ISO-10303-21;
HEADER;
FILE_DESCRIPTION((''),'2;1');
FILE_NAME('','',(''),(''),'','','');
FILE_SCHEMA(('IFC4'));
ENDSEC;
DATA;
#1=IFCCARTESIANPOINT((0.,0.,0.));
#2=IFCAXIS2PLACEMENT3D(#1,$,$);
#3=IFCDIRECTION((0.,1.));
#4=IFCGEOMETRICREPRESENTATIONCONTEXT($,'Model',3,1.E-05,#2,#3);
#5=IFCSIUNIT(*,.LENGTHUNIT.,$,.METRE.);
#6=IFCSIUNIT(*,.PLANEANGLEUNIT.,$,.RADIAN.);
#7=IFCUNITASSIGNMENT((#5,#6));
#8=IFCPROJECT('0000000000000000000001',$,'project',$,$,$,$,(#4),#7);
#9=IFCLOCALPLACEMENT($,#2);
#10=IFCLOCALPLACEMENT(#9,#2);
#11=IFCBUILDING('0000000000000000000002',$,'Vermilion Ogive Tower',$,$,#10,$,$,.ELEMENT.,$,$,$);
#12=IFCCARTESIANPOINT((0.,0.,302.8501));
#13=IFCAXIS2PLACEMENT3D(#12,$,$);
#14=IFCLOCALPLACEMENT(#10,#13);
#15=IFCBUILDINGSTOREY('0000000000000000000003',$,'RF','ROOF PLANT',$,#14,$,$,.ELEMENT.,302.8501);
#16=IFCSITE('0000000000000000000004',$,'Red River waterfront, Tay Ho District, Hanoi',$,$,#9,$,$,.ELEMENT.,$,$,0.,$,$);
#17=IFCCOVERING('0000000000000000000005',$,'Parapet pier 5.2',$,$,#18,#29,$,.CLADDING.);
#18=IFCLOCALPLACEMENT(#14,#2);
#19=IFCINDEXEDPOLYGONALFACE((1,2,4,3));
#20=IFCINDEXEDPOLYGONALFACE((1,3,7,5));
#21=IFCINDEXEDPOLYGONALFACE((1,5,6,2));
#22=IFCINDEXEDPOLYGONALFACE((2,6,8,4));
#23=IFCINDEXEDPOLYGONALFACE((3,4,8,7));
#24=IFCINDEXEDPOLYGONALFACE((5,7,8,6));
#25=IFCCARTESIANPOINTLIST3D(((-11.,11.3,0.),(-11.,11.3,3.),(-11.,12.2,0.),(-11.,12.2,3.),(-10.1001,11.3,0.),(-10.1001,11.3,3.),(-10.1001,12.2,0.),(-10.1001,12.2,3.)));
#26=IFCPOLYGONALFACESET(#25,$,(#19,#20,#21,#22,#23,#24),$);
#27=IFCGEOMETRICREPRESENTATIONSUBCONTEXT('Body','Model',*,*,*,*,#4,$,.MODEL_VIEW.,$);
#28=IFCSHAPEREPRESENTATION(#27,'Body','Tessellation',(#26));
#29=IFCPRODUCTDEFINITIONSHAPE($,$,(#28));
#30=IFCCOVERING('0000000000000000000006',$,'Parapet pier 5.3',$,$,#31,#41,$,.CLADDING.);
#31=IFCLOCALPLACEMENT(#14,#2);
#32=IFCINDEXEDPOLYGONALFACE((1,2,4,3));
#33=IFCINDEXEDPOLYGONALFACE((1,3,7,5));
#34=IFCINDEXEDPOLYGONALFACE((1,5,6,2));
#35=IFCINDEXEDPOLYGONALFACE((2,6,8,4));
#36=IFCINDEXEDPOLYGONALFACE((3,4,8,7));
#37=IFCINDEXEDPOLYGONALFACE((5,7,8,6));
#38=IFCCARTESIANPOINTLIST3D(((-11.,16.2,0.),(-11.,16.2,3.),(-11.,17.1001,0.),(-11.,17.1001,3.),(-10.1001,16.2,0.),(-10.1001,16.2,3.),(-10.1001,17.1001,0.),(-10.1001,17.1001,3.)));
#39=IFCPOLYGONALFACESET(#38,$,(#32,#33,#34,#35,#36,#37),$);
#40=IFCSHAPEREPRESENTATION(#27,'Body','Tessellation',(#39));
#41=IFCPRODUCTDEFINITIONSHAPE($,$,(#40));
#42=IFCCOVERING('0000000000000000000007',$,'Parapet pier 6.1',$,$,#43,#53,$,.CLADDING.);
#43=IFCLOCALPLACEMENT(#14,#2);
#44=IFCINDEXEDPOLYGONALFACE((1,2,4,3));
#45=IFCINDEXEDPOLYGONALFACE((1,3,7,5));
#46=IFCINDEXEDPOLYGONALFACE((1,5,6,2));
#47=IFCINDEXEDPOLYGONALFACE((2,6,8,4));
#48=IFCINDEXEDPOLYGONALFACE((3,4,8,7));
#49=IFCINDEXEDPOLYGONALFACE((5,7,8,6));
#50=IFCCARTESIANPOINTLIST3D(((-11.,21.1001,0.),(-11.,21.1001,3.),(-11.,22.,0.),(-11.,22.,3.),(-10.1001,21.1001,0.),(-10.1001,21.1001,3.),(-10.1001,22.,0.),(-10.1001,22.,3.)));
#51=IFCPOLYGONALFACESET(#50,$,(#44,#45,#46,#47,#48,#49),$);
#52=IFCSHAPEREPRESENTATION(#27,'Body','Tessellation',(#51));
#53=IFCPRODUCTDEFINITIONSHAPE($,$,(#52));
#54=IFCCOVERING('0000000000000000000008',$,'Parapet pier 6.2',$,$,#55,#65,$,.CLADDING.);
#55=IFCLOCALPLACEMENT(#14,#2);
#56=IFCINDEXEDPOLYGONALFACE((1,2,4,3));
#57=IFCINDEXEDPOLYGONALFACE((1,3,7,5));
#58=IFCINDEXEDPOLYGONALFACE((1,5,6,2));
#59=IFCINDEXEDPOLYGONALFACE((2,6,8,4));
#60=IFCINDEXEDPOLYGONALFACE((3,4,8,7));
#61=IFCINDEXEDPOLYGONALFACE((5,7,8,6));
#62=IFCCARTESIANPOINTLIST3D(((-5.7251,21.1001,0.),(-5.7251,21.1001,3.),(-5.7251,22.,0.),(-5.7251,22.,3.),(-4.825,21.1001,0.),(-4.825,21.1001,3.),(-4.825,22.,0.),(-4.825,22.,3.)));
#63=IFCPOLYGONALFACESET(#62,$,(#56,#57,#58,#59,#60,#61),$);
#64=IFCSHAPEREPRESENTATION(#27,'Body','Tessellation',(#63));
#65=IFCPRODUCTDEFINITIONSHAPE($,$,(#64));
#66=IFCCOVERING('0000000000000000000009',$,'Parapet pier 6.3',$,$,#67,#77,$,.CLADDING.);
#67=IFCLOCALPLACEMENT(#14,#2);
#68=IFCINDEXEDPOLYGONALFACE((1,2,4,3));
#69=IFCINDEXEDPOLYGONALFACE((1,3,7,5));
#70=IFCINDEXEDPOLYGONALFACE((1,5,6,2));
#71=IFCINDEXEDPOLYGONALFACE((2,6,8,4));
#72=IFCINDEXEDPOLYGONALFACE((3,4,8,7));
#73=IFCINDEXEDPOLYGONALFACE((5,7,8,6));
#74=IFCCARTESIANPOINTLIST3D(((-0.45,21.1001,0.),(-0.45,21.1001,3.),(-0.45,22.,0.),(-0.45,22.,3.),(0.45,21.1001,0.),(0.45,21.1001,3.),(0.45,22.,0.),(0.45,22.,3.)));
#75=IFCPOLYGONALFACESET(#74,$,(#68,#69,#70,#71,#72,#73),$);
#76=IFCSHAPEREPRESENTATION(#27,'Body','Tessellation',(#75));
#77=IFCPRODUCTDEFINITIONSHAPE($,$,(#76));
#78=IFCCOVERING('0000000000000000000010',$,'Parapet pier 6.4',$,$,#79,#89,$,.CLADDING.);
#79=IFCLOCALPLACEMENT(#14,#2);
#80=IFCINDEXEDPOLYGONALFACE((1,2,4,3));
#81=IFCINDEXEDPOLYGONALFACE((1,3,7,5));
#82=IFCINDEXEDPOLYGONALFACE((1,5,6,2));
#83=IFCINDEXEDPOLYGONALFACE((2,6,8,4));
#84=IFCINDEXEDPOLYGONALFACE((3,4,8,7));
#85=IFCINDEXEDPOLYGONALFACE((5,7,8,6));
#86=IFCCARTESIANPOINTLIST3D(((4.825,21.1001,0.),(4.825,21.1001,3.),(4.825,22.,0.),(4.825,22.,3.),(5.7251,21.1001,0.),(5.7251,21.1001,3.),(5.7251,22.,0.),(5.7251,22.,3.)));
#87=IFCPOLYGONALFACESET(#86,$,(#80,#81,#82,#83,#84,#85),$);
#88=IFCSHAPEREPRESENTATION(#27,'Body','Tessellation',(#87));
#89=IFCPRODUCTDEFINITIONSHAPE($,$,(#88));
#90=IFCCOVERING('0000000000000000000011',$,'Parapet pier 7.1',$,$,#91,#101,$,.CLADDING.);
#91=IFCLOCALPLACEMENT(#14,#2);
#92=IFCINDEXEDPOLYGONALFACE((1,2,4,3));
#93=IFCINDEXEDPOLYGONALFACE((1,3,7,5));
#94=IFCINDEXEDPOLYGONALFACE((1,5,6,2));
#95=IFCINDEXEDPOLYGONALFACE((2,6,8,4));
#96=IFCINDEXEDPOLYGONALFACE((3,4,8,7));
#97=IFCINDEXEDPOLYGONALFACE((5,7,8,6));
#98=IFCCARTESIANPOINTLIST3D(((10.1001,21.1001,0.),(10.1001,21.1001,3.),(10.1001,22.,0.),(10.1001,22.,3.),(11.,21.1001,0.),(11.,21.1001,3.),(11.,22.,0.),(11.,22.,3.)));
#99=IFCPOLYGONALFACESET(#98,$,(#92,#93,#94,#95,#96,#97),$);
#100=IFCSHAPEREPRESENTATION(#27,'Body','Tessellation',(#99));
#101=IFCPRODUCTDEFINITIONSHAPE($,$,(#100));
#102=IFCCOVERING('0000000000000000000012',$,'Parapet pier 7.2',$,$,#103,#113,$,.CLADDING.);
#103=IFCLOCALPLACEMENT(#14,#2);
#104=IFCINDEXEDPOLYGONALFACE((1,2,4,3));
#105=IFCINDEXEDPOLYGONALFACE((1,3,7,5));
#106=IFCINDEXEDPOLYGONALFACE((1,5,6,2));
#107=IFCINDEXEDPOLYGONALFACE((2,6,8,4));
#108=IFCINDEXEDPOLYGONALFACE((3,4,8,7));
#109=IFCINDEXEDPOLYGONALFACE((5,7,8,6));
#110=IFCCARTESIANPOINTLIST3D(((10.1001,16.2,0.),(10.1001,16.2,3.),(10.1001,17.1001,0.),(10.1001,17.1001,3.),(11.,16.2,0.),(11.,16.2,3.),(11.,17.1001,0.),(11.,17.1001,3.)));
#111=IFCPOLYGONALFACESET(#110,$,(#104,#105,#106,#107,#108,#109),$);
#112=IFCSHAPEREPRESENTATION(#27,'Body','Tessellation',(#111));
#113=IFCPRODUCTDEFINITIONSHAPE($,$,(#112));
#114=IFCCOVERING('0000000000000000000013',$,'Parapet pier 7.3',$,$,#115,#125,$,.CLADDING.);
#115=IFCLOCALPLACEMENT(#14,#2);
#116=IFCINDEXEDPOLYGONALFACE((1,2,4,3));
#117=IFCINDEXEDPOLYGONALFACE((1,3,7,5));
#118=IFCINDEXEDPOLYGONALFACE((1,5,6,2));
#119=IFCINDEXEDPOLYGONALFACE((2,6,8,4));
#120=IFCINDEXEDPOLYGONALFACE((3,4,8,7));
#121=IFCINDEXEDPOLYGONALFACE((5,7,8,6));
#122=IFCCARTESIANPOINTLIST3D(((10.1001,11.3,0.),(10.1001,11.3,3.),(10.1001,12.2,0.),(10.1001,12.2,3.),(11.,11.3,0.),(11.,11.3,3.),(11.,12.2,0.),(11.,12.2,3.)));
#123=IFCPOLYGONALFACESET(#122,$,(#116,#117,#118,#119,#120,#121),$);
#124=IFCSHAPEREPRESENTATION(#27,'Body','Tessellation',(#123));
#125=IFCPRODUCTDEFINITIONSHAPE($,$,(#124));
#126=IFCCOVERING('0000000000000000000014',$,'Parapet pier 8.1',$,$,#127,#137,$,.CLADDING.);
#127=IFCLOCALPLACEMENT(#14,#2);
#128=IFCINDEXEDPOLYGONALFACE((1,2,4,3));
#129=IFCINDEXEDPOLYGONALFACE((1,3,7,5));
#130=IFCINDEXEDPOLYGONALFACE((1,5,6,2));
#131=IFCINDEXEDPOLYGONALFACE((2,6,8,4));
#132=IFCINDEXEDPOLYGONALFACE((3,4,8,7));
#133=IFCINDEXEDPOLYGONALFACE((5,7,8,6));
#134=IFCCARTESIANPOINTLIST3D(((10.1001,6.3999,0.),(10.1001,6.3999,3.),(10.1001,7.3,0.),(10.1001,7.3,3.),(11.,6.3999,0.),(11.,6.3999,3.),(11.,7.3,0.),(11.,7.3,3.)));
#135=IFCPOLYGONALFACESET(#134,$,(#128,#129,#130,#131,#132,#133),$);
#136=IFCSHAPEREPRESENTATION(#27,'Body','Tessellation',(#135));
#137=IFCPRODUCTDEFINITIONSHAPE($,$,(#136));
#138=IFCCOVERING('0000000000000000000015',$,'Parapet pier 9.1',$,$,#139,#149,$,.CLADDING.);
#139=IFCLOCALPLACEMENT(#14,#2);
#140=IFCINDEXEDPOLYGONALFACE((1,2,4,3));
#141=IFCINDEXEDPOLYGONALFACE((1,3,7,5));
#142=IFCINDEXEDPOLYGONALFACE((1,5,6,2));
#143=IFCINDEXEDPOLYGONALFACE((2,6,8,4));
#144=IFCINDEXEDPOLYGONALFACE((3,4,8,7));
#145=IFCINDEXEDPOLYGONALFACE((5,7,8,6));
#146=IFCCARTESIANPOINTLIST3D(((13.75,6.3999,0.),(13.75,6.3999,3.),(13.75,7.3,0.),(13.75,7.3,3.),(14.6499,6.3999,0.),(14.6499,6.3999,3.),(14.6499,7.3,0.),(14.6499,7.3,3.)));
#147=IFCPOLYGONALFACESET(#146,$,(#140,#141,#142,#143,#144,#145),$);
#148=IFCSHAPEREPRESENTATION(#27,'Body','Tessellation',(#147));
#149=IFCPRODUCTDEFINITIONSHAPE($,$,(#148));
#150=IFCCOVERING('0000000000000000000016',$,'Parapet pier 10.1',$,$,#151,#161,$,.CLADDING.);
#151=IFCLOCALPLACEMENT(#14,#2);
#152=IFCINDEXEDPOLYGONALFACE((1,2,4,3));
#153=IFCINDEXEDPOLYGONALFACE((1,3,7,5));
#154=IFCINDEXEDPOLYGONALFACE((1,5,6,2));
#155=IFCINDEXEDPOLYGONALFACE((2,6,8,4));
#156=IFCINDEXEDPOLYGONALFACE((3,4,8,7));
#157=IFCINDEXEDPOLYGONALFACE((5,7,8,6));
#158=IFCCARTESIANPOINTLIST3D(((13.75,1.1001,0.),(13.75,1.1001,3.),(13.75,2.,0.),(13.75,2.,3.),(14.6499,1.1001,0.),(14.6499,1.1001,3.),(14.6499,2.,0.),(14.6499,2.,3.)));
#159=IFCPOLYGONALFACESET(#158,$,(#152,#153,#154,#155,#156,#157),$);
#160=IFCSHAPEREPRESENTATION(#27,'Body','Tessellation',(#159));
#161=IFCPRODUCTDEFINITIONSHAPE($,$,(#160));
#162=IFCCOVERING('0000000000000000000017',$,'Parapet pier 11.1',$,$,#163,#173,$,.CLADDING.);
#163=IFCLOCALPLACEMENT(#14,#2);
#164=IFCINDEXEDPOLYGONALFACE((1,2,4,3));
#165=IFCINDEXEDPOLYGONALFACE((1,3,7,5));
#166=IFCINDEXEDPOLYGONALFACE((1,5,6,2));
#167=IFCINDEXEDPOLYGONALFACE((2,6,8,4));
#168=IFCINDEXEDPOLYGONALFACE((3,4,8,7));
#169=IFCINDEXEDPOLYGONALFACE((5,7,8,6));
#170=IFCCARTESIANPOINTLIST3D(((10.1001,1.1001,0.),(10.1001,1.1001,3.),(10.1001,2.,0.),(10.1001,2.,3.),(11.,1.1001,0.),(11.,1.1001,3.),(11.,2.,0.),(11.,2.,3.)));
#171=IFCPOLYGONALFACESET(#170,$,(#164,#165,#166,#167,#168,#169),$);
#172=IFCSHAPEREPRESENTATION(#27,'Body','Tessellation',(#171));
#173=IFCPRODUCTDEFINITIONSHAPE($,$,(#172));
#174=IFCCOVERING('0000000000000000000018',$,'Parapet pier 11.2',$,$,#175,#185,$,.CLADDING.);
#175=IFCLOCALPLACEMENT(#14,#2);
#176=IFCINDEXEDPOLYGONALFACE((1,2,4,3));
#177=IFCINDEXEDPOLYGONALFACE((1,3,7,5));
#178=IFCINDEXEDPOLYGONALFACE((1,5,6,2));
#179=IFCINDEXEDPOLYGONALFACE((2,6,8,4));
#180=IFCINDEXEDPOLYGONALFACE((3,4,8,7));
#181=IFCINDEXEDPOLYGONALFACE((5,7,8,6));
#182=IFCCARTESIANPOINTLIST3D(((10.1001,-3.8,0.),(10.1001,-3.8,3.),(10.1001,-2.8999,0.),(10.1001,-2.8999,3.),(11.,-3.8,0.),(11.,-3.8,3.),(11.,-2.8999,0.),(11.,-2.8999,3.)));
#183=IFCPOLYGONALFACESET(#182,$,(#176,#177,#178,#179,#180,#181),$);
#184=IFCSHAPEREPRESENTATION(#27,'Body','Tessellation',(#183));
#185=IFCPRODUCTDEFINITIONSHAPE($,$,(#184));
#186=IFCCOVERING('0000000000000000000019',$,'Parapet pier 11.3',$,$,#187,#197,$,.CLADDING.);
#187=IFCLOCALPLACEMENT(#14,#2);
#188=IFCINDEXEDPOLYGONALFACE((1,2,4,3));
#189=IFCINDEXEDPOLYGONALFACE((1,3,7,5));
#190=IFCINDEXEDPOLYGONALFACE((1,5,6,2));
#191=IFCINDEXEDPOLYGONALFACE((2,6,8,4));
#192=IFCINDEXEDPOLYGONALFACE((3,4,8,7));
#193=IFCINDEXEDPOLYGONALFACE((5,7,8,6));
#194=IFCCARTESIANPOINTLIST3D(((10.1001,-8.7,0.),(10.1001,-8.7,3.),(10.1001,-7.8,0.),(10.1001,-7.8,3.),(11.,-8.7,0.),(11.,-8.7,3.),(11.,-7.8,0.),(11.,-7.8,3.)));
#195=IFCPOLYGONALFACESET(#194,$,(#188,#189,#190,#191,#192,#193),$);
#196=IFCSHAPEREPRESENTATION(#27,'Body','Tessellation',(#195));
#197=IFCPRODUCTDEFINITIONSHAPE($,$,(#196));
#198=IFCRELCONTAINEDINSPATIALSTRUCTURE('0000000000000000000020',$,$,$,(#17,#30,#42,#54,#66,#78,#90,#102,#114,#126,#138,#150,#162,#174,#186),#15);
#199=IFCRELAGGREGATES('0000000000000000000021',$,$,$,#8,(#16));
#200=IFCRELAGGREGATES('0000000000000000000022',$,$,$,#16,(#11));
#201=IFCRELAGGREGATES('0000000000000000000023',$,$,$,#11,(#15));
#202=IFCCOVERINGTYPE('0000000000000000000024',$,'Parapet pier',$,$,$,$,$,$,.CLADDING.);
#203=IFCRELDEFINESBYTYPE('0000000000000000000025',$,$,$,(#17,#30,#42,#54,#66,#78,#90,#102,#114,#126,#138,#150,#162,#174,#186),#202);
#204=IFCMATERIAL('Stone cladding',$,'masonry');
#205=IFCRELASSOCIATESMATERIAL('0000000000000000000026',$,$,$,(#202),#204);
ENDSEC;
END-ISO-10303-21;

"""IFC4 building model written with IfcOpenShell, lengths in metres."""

from ifc_helpers import new_model, si_unit, direction, frame, origin, place, context, subcontext, project, spatial, polyline, outline, extrude, material, type_object, element, save


model = new_model("IFC4")

# Units and contexts
model_context = context("Model", 3, precision=1e-05, world=origin(), true_north=direction((0.0, 1.0)))
body_context = subcontext(model_context, "Body", "Model", "MODEL_VIEW")
ifc_project = project(units=[si_unit("LENGTHUNIT", "METRE"), si_unit("PLANEANGLEUNIT", "RADIAN")], contexts=[model_context])

# Site, building, storey
site_placement = place(None, origin())
site = spatial("IfcSite", under=ifc_project, at=site_placement, Name="Red River waterfront, Tay Ho District, Hanoi", CompositionType="ELEMENT", RefElevation=0.0)
building_placement = place(site_placement, origin())
building = spatial("IfcBuilding", under=site, at=building_placement, Name="Vermilion Ogive Tower", CompositionType="ELEMENT")
storey_placement = place(building_placement, frame((0.0, 0.0, 302.8501)))
storey = spatial("IfcBuildingStorey", under=building, at=storey_placement, Name="RF", Description="ROOF PLANT", CompositionType="ELEMENT", Elevation=302.8501)

# Coverings
ifc_material_1 = material(Name="Stone cladding", Category="masonry")
covering_type_1 = type_object("IfcCoveringType", Name="Parapet pier", PredefinedType="CLADDING", material=ifc_material_1)
covering_1_placement = place(storey_placement, origin())
element("IfcCovering", 1, at=covering_1_placement, inside=storey, type_object=covering_type_1, Name="Parapet pier 5.2", PredefinedType="CLADDING", context=body_context, shape_type="SweptSolid", body=[
    extrude(outline(polyline([(-11.0, 11.3), (-10.1001, 11.3), (-10.1001, 12.2), (-11.0, 12.2), (-11.0, 11.3)])), origin(), (0.0, 0.0, 1.0), 3.0),
])
covering_2_placement = place(storey_placement, origin())
element("IfcCovering", 2, at=covering_2_placement, inside=storey, type_object=covering_type_1, Name="Parapet pier 5.3", PredefinedType="CLADDING", context=body_context, shape_type="SweptSolid", body=[
    extrude(outline(polyline([(-11.0, 16.2), (-10.1001, 16.2), (-10.1001, 17.1001), (-11.0, 17.1001), (-11.0, 16.2)])), origin(), (0.0, 0.0, 1.0), 3.0),
])
covering_3_placement = place(storey_placement, origin())
element("IfcCovering", 3, at=covering_3_placement, inside=storey, type_object=covering_type_1, Name="Parapet pier 6.1", PredefinedType="CLADDING", context=body_context, shape_type="SweptSolid", body=[
    extrude(outline(polyline([(-11.0, 21.1001), (-10.1001, 21.1001), (-10.1001, 22.0), (-11.0, 22.0), (-11.0, 21.1001)])), origin(), (0.0, 0.0, 1.0), 3.0),
])
covering_4_placement = place(storey_placement, origin())
element("IfcCovering", 4, at=covering_4_placement, inside=storey, type_object=covering_type_1, Name="Parapet pier 6.2", PredefinedType="CLADDING", context=body_context, shape_type="SweptSolid", body=[
    extrude(outline(polyline([(-5.7251, 21.1001), (-4.825, 21.1001), (-4.825, 22.0), (-5.7251, 22.0), (-5.7251, 21.1001)])), origin(), (0.0, 0.0, 1.0), 3.0),
])
covering_5_placement = place(storey_placement, origin())
element("IfcCovering", 5, at=covering_5_placement, inside=storey, type_object=covering_type_1, Name="Parapet pier 6.3", PredefinedType="CLADDING", context=body_context, shape_type="SweptSolid", body=[
    extrude(outline(polyline([(-0.45, 21.1001), (0.45, 21.1001), (0.45, 22.0), (-0.45, 22.0), (-0.45, 21.1001)])), origin(), (0.0, 0.0, 1.0), 3.0),
])
covering_6_placement = place(storey_placement, origin())
element("IfcCovering", 6, at=covering_6_placement, inside=storey, type_object=covering_type_1, Name="Parapet pier 6.4", PredefinedType="CLADDING", context=body_context, shape_type="SweptSolid", body=[
    extrude(outline(polyline([(4.825, 21.1001), (5.7251, 21.1001), (5.7251, 22.0), (4.825, 22.0), (4.825, 21.1001)])), origin(), (0.0, 0.0, 1.0), 3.0),
])
covering_7_placement = place(storey_placement, origin())
element("IfcCovering", 7, at=covering_7_placement, inside=storey, type_object=covering_type_1, Name="Parapet pier 7.1", PredefinedType="CLADDING", context=body_context, shape_type="SweptSolid", body=[
    extrude(outline(polyline([(10.1001, 21.1001), (11.0, 21.1001), (11.0, 22.0), (10.1001, 22.0), (10.1001, 21.1001)])), origin(), (0.0, 0.0, 1.0), 3.0),
])
covering_8_placement = place(storey_placement, origin())
element("IfcCovering", 8, at=covering_8_placement, inside=storey, type_object=covering_type_1, Name="Parapet pier 7.2", PredefinedType="CLADDING", context=body_context, shape_type="SweptSolid", body=[
    extrude(outline(polyline([(10.1001, 16.2), (11.0, 16.2), (11.0, 17.1001), (10.1001, 17.1001), (10.1001, 16.2)])), origin(), (0.0, 0.0, 1.0), 3.0),
])
covering_9_placement = place(storey_placement, origin())
element("IfcCovering", 9, at=covering_9_placement, inside=storey, type_object=covering_type_1, Name="Parapet pier 7.3", PredefinedType="CLADDING", context=body_context, shape_type="SweptSolid", body=[
    extrude(outline(polyline([(10.1001, 11.3), (11.0, 11.3), (11.0, 12.2), (10.1001, 12.2), (10.1001, 11.3)])), origin(), (0.0, 0.0, 1.0), 3.0),
])
covering_10_placement = place(storey_placement, origin())
element("IfcCovering", 10, at=covering_10_placement, inside=storey, type_object=covering_type_1, Name="Parapet pier 8.1", PredefinedType="CLADDING", context=body_context, shape_type="SweptSolid", body=[
    extrude(outline(polyline([(10.1001, 6.3999), (11.0, 6.3999), (11.0, 7.3), (10.1001, 7.3), (10.1001, 6.3999)])), origin(), (0.0, 0.0, 1.0), 3.0),
])
covering_11_placement = place(storey_placement, origin())
element("IfcCovering", 11, at=covering_11_placement, inside=storey, type_object=covering_type_1, Name="Parapet pier 9.1", PredefinedType="CLADDING", context=body_context, shape_type="SweptSolid", body=[
    extrude(outline(polyline([(13.75, 6.3999), (14.6499, 6.3999), (14.6499, 7.3), (13.75, 7.3), (13.75, 6.3999)])), origin(), (0.0, 0.0, 1.0), 3.0),
])
covering_12_placement = place(storey_placement, origin())
element("IfcCovering", 12, at=covering_12_placement, inside=storey, type_object=covering_type_1, Name="Parapet pier 10.1", PredefinedType="CLADDING", context=body_context, shape_type="SweptSolid", body=[
    extrude(outline(polyline([(13.75, 1.1001), (14.6499, 1.1001), (14.6499, 2.0), (13.75, 2.0), (13.75, 1.1001)])), origin(), (0.0, 0.0, 1.0), 3.0),
])
covering_13_placement = place(storey_placement, origin())
element("IfcCovering", 13, at=covering_13_placement, inside=storey, type_object=covering_type_1, Name="Parapet pier 11.1", PredefinedType="CLADDING", context=body_context, shape_type="SweptSolid", body=[
    extrude(outline(polyline([(10.1001, 1.1001), (11.0, 1.1001), (11.0, 2.0), (10.1001, 2.0), (10.1001, 1.1001)])), origin(), (0.0, 0.0, 1.0), 3.0),
])
covering_14_placement = place(storey_placement, origin())
element("IfcCovering", 14, at=covering_14_placement, inside=storey, type_object=covering_type_1, Name="Parapet pier 11.2", PredefinedType="CLADDING", context=body_context, shape_type="SweptSolid", body=[
    extrude(outline(polyline([(10.1001, -3.8), (11.0, -3.8), (11.0, -2.8999), (10.1001, -2.8999), (10.1001, -3.8)])), origin(), (0.0, 0.0, 1.0), 3.0),
])
covering_15_placement = place(storey_placement, origin())
element("IfcCovering", 15, at=covering_15_placement, inside=storey, type_object=covering_type_1, Name="Parapet pier 11.3", PredefinedType="CLADDING", context=body_context, shape_type="SweptSolid", body=[
    extrude(outline(polyline([(10.1001, -8.7), (11.0, -8.7), (11.0, -7.8), (10.1001, -7.8), (10.1001, -8.7)])), origin(), (0.0, 0.0, 1.0), 3.0),
])

save(model, "model.ifc")
